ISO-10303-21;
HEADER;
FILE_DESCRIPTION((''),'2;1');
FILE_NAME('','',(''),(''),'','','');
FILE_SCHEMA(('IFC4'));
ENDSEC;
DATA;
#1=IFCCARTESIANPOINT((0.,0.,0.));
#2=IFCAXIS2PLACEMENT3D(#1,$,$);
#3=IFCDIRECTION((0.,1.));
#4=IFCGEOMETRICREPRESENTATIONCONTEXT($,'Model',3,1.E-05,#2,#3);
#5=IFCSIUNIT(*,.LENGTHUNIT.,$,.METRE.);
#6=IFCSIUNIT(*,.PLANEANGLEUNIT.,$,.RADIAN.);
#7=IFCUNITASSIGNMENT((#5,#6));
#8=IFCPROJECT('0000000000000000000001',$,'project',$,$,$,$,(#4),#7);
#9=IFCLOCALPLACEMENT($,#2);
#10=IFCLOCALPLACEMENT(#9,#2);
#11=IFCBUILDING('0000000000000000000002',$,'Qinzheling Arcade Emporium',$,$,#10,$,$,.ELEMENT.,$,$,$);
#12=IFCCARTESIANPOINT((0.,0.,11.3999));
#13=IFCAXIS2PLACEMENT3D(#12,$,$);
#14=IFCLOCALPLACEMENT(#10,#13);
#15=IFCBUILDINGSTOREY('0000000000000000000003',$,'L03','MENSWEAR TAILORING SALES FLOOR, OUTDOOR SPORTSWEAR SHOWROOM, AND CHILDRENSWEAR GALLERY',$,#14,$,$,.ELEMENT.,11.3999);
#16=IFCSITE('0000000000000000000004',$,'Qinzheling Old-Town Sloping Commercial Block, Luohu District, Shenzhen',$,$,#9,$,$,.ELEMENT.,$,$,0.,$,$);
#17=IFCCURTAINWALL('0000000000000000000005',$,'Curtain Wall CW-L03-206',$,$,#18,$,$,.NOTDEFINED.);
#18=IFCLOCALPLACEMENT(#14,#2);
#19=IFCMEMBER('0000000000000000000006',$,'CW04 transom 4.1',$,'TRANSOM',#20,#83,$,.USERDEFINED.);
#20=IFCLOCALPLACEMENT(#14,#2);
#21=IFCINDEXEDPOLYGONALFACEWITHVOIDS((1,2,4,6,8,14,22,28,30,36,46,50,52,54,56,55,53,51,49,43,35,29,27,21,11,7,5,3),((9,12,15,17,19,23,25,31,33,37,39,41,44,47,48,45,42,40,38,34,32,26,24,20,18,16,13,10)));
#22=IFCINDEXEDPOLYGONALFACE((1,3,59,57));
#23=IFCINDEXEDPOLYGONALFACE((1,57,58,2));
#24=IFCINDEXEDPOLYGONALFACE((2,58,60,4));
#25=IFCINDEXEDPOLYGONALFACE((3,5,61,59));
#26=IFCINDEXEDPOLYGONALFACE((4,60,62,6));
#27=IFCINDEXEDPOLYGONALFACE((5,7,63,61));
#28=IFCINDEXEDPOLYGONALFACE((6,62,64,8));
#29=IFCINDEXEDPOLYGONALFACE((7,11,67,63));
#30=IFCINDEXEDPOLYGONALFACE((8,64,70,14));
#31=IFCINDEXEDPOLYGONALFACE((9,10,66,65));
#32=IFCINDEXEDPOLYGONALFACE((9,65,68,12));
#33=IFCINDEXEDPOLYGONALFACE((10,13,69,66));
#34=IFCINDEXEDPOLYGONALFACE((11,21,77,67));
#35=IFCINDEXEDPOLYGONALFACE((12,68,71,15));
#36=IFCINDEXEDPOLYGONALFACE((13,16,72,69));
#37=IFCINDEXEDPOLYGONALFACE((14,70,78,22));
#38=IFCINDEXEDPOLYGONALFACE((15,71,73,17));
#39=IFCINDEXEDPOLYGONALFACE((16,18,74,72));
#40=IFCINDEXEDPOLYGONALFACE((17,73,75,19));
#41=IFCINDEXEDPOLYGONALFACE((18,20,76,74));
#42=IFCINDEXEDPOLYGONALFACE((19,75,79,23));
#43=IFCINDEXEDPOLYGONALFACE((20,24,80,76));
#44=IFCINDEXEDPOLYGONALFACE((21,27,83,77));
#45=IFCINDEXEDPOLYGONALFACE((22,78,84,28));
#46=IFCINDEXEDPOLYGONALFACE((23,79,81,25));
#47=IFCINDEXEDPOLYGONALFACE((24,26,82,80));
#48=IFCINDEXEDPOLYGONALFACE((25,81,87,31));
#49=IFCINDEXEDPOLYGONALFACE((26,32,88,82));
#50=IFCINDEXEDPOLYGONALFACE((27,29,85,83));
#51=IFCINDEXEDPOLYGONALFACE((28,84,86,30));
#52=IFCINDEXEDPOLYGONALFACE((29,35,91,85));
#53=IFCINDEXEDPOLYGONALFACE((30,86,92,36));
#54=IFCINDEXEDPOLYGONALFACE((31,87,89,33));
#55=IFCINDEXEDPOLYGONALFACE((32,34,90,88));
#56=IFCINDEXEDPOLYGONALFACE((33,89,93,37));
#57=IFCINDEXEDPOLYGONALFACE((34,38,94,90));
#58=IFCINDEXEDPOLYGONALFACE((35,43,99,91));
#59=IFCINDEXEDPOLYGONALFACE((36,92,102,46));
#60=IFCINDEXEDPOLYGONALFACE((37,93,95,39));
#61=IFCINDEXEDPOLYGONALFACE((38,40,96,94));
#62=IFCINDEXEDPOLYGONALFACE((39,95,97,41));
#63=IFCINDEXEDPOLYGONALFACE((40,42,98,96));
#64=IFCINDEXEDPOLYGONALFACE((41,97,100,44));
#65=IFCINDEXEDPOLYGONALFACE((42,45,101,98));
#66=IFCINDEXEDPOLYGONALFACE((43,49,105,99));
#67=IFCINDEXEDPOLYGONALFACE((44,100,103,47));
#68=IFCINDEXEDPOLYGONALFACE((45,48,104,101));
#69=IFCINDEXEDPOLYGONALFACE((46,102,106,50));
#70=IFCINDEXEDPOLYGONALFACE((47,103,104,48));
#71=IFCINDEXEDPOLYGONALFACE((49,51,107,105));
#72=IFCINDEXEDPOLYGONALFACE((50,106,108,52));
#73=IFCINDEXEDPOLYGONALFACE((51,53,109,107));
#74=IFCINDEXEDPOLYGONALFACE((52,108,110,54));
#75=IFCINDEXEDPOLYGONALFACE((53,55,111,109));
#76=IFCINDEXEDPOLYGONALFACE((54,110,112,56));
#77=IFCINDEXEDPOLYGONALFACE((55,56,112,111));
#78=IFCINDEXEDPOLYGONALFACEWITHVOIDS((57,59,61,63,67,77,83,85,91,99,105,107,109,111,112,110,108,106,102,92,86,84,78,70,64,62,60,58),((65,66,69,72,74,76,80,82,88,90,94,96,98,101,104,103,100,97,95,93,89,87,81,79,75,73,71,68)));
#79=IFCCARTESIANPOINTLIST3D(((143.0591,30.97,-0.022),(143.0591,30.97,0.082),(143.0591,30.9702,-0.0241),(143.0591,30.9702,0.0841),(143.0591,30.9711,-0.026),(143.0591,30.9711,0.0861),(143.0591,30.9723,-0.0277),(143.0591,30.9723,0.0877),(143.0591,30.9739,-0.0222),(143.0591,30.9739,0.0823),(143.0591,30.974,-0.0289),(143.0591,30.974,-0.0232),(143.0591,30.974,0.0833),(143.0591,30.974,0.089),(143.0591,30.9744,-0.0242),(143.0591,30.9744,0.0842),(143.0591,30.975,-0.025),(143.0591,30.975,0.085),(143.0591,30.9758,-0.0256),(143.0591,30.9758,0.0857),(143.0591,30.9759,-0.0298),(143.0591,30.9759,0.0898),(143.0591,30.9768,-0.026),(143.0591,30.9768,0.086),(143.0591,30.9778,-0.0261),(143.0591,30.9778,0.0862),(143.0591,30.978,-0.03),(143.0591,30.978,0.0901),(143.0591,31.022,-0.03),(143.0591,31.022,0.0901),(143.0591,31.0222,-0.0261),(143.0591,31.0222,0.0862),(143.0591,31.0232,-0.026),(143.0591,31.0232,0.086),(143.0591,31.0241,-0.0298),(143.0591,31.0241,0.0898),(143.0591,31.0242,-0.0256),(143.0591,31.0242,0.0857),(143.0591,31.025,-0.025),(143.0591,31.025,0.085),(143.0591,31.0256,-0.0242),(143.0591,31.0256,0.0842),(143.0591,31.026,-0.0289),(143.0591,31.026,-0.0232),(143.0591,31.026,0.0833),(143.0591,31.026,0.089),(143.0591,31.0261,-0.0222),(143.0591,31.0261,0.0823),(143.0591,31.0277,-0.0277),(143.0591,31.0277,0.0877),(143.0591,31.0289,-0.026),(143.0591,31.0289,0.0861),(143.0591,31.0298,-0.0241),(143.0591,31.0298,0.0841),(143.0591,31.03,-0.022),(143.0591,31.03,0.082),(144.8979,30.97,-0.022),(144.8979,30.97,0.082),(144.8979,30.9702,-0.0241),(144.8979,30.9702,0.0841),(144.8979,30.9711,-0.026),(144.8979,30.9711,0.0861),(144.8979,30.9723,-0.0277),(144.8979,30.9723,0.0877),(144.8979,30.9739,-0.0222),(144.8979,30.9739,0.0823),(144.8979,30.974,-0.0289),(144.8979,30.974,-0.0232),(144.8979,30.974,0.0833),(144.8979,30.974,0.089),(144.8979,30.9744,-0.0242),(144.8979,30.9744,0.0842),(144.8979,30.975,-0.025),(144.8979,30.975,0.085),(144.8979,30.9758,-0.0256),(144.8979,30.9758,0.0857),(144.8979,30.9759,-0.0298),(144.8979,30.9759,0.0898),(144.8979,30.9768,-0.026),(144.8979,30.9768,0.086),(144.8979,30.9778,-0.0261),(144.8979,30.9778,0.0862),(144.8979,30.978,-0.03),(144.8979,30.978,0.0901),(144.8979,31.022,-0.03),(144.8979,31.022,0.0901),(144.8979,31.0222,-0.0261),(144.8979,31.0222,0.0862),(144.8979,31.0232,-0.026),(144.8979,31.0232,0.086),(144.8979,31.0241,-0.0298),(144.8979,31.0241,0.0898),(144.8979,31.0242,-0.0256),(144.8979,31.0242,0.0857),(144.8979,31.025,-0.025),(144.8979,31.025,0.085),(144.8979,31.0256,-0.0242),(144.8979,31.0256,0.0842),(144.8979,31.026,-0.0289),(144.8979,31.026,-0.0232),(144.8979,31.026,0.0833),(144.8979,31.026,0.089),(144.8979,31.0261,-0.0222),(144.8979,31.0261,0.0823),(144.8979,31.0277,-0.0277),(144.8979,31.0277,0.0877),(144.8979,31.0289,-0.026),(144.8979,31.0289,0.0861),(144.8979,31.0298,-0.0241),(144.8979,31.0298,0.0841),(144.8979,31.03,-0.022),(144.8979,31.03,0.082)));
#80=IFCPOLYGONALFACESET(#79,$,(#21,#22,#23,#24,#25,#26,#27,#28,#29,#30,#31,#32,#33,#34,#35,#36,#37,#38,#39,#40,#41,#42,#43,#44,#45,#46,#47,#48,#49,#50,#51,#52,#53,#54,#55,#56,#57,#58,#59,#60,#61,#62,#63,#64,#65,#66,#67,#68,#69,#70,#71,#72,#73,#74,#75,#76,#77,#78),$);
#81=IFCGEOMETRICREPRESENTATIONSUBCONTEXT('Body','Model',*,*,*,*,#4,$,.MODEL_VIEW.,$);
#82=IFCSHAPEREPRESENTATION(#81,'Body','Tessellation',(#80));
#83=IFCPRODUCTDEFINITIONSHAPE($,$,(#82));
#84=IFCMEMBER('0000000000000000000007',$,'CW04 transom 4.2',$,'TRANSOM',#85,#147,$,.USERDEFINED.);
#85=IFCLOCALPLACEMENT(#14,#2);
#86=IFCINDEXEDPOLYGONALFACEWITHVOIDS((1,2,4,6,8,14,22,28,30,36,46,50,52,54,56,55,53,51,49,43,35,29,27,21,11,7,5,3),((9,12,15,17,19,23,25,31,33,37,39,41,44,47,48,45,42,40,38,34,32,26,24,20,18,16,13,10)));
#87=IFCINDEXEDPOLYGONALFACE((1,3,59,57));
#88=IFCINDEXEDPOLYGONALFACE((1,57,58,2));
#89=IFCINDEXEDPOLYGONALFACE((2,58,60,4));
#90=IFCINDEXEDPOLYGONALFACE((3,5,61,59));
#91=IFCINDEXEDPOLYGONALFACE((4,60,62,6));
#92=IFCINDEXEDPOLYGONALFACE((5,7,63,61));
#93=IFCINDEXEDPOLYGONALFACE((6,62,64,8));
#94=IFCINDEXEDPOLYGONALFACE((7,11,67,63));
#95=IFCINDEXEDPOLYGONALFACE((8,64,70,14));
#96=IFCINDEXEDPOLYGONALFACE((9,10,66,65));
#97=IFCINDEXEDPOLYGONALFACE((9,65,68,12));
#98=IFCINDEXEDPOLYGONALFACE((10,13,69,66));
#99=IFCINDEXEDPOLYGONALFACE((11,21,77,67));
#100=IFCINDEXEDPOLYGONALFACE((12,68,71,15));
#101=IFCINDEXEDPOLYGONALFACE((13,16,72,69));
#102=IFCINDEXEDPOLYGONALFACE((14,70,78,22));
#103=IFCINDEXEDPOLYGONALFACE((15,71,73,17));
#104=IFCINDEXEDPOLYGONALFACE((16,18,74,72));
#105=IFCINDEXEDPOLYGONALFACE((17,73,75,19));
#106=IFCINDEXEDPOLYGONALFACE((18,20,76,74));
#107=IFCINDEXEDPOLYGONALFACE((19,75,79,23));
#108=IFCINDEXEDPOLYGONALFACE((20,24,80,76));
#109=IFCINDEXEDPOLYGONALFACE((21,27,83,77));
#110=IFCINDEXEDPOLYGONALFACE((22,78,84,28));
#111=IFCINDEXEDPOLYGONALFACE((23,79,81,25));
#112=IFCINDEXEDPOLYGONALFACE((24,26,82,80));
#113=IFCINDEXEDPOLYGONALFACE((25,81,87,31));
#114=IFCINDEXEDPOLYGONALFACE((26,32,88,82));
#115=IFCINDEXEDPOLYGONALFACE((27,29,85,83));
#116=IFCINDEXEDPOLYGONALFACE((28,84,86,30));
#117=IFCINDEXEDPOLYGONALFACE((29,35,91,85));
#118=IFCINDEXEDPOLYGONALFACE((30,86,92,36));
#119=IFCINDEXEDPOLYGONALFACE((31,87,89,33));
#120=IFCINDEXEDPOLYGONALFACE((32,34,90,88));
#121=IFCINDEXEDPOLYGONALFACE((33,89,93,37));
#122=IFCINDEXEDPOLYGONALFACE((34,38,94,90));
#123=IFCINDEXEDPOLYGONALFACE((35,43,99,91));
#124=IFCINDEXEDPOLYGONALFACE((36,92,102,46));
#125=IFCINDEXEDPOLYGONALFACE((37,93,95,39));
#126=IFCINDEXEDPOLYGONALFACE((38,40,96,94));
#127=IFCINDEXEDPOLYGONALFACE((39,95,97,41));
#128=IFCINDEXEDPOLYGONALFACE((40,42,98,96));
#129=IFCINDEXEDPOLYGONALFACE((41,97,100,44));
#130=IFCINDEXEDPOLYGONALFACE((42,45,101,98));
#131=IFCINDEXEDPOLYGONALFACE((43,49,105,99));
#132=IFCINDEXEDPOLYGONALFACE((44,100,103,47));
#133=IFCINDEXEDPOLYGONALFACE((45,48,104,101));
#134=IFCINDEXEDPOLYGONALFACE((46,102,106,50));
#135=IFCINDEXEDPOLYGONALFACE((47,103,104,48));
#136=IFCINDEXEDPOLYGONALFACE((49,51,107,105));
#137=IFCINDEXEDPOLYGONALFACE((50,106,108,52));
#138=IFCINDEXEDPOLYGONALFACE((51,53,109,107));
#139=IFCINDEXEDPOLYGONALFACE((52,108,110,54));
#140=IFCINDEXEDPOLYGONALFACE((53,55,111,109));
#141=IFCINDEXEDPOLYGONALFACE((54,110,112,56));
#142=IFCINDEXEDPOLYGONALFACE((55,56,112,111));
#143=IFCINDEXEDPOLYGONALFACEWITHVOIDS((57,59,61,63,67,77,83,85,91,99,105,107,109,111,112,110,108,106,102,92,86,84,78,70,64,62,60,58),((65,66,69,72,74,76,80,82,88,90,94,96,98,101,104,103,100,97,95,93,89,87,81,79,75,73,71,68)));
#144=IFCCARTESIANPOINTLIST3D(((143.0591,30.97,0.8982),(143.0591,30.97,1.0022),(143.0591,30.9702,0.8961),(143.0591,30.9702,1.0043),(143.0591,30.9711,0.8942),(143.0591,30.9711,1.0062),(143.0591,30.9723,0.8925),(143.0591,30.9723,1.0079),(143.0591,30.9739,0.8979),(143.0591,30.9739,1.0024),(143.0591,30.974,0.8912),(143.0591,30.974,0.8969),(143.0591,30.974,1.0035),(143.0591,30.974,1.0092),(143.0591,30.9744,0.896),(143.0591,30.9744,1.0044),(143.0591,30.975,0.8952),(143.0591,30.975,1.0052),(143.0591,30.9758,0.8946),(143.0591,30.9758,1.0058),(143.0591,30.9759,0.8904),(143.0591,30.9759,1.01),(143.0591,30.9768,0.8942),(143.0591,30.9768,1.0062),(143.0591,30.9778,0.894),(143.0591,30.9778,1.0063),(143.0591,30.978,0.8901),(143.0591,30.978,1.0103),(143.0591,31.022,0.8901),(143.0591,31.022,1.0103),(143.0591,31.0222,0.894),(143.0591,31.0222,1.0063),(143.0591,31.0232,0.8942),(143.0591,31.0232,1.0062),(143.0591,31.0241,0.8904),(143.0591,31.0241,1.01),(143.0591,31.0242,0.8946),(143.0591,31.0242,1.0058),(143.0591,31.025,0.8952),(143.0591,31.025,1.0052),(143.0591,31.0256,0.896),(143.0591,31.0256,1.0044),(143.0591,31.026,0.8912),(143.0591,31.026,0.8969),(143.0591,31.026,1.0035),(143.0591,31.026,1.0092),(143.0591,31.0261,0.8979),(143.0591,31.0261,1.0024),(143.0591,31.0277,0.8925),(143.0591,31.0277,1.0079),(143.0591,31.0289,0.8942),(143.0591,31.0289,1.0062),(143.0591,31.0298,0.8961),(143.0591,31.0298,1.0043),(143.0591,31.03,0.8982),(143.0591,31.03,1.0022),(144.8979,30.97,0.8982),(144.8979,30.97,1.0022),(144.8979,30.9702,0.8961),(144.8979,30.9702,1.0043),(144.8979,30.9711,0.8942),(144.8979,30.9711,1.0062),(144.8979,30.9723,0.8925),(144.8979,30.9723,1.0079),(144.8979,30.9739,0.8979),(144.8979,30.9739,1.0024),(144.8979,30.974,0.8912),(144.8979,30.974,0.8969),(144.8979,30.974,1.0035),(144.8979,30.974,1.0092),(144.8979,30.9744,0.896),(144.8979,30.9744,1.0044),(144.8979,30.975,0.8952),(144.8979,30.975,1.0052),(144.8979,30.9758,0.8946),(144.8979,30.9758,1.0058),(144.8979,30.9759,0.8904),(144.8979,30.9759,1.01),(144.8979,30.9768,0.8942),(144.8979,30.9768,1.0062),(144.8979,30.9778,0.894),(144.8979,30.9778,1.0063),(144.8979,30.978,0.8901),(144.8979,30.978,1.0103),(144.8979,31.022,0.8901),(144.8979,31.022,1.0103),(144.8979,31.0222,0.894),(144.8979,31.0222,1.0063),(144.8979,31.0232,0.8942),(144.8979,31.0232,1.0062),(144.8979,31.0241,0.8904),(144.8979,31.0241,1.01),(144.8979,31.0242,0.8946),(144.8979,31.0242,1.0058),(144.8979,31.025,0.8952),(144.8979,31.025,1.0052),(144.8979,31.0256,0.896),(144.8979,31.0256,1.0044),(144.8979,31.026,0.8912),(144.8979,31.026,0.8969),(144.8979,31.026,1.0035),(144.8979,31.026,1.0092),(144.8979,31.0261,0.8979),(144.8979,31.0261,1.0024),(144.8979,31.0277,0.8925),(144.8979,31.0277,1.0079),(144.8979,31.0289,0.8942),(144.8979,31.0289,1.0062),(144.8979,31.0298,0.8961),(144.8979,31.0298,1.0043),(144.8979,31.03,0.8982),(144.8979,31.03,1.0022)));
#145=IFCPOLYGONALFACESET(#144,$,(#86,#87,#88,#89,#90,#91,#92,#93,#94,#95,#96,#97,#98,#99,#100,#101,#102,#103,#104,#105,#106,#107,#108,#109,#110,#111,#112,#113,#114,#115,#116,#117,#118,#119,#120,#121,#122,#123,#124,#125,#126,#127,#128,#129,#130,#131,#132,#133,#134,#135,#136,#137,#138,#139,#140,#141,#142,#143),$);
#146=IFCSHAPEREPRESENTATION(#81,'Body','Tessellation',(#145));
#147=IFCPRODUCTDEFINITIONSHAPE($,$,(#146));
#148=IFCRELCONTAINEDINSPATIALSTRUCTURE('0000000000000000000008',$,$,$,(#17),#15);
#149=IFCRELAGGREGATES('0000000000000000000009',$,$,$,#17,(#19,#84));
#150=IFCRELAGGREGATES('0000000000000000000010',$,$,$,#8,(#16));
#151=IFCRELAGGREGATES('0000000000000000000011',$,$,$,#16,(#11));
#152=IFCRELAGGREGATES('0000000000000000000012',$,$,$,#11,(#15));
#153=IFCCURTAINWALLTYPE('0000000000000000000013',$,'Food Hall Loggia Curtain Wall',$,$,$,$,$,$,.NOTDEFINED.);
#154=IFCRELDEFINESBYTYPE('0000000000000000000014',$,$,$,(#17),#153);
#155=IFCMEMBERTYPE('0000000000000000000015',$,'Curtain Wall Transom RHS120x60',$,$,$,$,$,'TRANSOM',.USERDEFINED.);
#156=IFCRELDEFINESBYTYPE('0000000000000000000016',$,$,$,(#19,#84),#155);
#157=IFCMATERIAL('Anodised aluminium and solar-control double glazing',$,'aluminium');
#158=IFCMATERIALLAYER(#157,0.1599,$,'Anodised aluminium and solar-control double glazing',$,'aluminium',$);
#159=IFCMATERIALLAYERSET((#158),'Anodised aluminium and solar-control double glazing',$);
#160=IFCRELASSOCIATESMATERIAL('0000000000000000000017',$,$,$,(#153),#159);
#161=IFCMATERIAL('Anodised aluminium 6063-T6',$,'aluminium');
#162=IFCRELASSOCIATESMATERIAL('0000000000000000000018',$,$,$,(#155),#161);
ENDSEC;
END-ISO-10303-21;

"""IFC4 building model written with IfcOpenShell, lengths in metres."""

from ifc_helpers import new_model, si_unit, direction, frame, origin, origin_2d, place, context, subcontext, project, spatial, hollow_rectangle, extrude, material, layer, layer_set, material_profile, profile_set, type_object, element, aggregate, save


model = new_model("IFC4")

# Units and contexts
model_context = context("Model", 3, precision=1e-05, world=origin(), true_north=direction((0.0, 1.0)))
body_context = subcontext(model_context, "Body", "Model", "MODEL_VIEW")
ifc_project = project(units=[si_unit("LENGTHUNIT", "METRE"), si_unit("PLANEANGLEUNIT", "RADIAN")], contexts=[model_context])

# Site, building, storey
site_placement = place(None, origin())
site = spatial("IfcSite", under=ifc_project, at=site_placement, Name="Qinzheling Old-Town Sloping Commercial Block, Luohu District, Shenzhen", CompositionType="ELEMENT", RefElevation=0.0)
building_placement = place(site_placement, origin())
building = spatial("IfcBuilding", under=site, at=building_placement, Name="Qinzheling Arcade Emporium", CompositionType="ELEMENT")
storey_placement = place(building_placement, frame((0.0, 0.0, 11.3999)))
storey = spatial("IfcBuildingStorey", under=building, at=storey_placement, Name="L03", Description="MENSWEAR TAILORING SALES FLOOR, OUTDOOR SPORTSWEAR SHOWROOM, AND CHILDRENSWEAR GALLERY", CompositionType="ELEMENT", Elevation=11.3999)

# Curtain wall
ifc_material_1 = material(Name="Anodised aluminium and solar-control double glazing", Category="aluminium")
ifc_layer_1 = layer(ifc_material_1, 0.1599, Name="Anodised aluminium and solar-control double glazing", Category="aluminium")
ifc_layer_set_1 = layer_set([ifc_layer_1], Name="Anodised aluminium and solar-control double glazing")
curtain_wall_type = type_object("IfcCurtainWallType", Name="Food Hall Loggia Curtain Wall", PredefinedType="NOTDEFINED", material=ifc_layer_set_1)
curtain_wall_1_placement = place(storey_placement, origin())
curtain_wall_1 = element("IfcCurtainWall", 1, at=curtain_wall_1_placement, inside=storey, type_object=curtain_wall_type, Name="Curtain Wall CW-L03-206", PredefinedType="NOTDEFINED")
ifc_material_2 = material(Name="Anodised aluminium 6063-T6", Category="aluminium")

# Members
ifc_material_profile_1 = material_profile(ifc_material_2, hollow_rectangle(XDim=0.0601, YDim=0.1201, WallThickness=0.0039, InnerFilletRadius=0.0039, OuterFilletRadius=0.0081, at=origin_2d()), Name="RHS 120x60x4", Category="aluminium")
ifc_profile_set_1 = profile_set([ifc_material_profile_1], Name="Anodised aluminium 6063-T6")
member_type_1 = type_object("IfcMemberType", Name="Curtain Wall Transom RHS120x60", ElementType="TRANSOM", PredefinedType="USERDEFINED", material=ifc_profile_set_1)
member_1_placement = place(storey_placement, frame((143.0591, 31.0, 0.03), z_axis=(1.0, 0.0, 0.0), x_axis=(0.0, 1.0, 0.0)))
member_1 = element("IfcMember", 2, at=member_1_placement, type_object=member_type_1, Name="CW04 transom 4.1", ObjectType="TRANSOM", PredefinedType="USERDEFINED", context=body_context, shape_type="SweptSolid", body=[
    extrude(hollow_rectangle(XDim=0.0601, YDim=0.1201, WallThickness=0.0039, InnerFilletRadius=0.0039, OuterFilletRadius=0.0081, at=origin_2d()), origin(), (0.0, 0.0, 1.0), 1.8389),
])
member_2_placement = place(storey_placement, frame((143.0591, 31.0, 0.9502), z_axis=(1.0, 0.0, 0.0), x_axis=(0.0, 1.0, 0.0)))
member_2 = element("IfcMember", 3, at=member_2_placement, type_object=member_type_1, Name="CW04 transom 4.2", ObjectType="TRANSOM", PredefinedType="USERDEFINED", context=body_context, shape_type="SweptSolid", body=[
    extrude(hollow_rectangle(XDim=0.0601, YDim=0.1201, WallThickness=0.0039, InnerFilletRadius=0.0039, OuterFilletRadius=0.0081, at=origin_2d()), origin(), (0.0, 0.0, 1.0), 1.8389),
])

aggregate(curtain_wall_1, [member_1, member_2])

save(model, "model.ifc")
